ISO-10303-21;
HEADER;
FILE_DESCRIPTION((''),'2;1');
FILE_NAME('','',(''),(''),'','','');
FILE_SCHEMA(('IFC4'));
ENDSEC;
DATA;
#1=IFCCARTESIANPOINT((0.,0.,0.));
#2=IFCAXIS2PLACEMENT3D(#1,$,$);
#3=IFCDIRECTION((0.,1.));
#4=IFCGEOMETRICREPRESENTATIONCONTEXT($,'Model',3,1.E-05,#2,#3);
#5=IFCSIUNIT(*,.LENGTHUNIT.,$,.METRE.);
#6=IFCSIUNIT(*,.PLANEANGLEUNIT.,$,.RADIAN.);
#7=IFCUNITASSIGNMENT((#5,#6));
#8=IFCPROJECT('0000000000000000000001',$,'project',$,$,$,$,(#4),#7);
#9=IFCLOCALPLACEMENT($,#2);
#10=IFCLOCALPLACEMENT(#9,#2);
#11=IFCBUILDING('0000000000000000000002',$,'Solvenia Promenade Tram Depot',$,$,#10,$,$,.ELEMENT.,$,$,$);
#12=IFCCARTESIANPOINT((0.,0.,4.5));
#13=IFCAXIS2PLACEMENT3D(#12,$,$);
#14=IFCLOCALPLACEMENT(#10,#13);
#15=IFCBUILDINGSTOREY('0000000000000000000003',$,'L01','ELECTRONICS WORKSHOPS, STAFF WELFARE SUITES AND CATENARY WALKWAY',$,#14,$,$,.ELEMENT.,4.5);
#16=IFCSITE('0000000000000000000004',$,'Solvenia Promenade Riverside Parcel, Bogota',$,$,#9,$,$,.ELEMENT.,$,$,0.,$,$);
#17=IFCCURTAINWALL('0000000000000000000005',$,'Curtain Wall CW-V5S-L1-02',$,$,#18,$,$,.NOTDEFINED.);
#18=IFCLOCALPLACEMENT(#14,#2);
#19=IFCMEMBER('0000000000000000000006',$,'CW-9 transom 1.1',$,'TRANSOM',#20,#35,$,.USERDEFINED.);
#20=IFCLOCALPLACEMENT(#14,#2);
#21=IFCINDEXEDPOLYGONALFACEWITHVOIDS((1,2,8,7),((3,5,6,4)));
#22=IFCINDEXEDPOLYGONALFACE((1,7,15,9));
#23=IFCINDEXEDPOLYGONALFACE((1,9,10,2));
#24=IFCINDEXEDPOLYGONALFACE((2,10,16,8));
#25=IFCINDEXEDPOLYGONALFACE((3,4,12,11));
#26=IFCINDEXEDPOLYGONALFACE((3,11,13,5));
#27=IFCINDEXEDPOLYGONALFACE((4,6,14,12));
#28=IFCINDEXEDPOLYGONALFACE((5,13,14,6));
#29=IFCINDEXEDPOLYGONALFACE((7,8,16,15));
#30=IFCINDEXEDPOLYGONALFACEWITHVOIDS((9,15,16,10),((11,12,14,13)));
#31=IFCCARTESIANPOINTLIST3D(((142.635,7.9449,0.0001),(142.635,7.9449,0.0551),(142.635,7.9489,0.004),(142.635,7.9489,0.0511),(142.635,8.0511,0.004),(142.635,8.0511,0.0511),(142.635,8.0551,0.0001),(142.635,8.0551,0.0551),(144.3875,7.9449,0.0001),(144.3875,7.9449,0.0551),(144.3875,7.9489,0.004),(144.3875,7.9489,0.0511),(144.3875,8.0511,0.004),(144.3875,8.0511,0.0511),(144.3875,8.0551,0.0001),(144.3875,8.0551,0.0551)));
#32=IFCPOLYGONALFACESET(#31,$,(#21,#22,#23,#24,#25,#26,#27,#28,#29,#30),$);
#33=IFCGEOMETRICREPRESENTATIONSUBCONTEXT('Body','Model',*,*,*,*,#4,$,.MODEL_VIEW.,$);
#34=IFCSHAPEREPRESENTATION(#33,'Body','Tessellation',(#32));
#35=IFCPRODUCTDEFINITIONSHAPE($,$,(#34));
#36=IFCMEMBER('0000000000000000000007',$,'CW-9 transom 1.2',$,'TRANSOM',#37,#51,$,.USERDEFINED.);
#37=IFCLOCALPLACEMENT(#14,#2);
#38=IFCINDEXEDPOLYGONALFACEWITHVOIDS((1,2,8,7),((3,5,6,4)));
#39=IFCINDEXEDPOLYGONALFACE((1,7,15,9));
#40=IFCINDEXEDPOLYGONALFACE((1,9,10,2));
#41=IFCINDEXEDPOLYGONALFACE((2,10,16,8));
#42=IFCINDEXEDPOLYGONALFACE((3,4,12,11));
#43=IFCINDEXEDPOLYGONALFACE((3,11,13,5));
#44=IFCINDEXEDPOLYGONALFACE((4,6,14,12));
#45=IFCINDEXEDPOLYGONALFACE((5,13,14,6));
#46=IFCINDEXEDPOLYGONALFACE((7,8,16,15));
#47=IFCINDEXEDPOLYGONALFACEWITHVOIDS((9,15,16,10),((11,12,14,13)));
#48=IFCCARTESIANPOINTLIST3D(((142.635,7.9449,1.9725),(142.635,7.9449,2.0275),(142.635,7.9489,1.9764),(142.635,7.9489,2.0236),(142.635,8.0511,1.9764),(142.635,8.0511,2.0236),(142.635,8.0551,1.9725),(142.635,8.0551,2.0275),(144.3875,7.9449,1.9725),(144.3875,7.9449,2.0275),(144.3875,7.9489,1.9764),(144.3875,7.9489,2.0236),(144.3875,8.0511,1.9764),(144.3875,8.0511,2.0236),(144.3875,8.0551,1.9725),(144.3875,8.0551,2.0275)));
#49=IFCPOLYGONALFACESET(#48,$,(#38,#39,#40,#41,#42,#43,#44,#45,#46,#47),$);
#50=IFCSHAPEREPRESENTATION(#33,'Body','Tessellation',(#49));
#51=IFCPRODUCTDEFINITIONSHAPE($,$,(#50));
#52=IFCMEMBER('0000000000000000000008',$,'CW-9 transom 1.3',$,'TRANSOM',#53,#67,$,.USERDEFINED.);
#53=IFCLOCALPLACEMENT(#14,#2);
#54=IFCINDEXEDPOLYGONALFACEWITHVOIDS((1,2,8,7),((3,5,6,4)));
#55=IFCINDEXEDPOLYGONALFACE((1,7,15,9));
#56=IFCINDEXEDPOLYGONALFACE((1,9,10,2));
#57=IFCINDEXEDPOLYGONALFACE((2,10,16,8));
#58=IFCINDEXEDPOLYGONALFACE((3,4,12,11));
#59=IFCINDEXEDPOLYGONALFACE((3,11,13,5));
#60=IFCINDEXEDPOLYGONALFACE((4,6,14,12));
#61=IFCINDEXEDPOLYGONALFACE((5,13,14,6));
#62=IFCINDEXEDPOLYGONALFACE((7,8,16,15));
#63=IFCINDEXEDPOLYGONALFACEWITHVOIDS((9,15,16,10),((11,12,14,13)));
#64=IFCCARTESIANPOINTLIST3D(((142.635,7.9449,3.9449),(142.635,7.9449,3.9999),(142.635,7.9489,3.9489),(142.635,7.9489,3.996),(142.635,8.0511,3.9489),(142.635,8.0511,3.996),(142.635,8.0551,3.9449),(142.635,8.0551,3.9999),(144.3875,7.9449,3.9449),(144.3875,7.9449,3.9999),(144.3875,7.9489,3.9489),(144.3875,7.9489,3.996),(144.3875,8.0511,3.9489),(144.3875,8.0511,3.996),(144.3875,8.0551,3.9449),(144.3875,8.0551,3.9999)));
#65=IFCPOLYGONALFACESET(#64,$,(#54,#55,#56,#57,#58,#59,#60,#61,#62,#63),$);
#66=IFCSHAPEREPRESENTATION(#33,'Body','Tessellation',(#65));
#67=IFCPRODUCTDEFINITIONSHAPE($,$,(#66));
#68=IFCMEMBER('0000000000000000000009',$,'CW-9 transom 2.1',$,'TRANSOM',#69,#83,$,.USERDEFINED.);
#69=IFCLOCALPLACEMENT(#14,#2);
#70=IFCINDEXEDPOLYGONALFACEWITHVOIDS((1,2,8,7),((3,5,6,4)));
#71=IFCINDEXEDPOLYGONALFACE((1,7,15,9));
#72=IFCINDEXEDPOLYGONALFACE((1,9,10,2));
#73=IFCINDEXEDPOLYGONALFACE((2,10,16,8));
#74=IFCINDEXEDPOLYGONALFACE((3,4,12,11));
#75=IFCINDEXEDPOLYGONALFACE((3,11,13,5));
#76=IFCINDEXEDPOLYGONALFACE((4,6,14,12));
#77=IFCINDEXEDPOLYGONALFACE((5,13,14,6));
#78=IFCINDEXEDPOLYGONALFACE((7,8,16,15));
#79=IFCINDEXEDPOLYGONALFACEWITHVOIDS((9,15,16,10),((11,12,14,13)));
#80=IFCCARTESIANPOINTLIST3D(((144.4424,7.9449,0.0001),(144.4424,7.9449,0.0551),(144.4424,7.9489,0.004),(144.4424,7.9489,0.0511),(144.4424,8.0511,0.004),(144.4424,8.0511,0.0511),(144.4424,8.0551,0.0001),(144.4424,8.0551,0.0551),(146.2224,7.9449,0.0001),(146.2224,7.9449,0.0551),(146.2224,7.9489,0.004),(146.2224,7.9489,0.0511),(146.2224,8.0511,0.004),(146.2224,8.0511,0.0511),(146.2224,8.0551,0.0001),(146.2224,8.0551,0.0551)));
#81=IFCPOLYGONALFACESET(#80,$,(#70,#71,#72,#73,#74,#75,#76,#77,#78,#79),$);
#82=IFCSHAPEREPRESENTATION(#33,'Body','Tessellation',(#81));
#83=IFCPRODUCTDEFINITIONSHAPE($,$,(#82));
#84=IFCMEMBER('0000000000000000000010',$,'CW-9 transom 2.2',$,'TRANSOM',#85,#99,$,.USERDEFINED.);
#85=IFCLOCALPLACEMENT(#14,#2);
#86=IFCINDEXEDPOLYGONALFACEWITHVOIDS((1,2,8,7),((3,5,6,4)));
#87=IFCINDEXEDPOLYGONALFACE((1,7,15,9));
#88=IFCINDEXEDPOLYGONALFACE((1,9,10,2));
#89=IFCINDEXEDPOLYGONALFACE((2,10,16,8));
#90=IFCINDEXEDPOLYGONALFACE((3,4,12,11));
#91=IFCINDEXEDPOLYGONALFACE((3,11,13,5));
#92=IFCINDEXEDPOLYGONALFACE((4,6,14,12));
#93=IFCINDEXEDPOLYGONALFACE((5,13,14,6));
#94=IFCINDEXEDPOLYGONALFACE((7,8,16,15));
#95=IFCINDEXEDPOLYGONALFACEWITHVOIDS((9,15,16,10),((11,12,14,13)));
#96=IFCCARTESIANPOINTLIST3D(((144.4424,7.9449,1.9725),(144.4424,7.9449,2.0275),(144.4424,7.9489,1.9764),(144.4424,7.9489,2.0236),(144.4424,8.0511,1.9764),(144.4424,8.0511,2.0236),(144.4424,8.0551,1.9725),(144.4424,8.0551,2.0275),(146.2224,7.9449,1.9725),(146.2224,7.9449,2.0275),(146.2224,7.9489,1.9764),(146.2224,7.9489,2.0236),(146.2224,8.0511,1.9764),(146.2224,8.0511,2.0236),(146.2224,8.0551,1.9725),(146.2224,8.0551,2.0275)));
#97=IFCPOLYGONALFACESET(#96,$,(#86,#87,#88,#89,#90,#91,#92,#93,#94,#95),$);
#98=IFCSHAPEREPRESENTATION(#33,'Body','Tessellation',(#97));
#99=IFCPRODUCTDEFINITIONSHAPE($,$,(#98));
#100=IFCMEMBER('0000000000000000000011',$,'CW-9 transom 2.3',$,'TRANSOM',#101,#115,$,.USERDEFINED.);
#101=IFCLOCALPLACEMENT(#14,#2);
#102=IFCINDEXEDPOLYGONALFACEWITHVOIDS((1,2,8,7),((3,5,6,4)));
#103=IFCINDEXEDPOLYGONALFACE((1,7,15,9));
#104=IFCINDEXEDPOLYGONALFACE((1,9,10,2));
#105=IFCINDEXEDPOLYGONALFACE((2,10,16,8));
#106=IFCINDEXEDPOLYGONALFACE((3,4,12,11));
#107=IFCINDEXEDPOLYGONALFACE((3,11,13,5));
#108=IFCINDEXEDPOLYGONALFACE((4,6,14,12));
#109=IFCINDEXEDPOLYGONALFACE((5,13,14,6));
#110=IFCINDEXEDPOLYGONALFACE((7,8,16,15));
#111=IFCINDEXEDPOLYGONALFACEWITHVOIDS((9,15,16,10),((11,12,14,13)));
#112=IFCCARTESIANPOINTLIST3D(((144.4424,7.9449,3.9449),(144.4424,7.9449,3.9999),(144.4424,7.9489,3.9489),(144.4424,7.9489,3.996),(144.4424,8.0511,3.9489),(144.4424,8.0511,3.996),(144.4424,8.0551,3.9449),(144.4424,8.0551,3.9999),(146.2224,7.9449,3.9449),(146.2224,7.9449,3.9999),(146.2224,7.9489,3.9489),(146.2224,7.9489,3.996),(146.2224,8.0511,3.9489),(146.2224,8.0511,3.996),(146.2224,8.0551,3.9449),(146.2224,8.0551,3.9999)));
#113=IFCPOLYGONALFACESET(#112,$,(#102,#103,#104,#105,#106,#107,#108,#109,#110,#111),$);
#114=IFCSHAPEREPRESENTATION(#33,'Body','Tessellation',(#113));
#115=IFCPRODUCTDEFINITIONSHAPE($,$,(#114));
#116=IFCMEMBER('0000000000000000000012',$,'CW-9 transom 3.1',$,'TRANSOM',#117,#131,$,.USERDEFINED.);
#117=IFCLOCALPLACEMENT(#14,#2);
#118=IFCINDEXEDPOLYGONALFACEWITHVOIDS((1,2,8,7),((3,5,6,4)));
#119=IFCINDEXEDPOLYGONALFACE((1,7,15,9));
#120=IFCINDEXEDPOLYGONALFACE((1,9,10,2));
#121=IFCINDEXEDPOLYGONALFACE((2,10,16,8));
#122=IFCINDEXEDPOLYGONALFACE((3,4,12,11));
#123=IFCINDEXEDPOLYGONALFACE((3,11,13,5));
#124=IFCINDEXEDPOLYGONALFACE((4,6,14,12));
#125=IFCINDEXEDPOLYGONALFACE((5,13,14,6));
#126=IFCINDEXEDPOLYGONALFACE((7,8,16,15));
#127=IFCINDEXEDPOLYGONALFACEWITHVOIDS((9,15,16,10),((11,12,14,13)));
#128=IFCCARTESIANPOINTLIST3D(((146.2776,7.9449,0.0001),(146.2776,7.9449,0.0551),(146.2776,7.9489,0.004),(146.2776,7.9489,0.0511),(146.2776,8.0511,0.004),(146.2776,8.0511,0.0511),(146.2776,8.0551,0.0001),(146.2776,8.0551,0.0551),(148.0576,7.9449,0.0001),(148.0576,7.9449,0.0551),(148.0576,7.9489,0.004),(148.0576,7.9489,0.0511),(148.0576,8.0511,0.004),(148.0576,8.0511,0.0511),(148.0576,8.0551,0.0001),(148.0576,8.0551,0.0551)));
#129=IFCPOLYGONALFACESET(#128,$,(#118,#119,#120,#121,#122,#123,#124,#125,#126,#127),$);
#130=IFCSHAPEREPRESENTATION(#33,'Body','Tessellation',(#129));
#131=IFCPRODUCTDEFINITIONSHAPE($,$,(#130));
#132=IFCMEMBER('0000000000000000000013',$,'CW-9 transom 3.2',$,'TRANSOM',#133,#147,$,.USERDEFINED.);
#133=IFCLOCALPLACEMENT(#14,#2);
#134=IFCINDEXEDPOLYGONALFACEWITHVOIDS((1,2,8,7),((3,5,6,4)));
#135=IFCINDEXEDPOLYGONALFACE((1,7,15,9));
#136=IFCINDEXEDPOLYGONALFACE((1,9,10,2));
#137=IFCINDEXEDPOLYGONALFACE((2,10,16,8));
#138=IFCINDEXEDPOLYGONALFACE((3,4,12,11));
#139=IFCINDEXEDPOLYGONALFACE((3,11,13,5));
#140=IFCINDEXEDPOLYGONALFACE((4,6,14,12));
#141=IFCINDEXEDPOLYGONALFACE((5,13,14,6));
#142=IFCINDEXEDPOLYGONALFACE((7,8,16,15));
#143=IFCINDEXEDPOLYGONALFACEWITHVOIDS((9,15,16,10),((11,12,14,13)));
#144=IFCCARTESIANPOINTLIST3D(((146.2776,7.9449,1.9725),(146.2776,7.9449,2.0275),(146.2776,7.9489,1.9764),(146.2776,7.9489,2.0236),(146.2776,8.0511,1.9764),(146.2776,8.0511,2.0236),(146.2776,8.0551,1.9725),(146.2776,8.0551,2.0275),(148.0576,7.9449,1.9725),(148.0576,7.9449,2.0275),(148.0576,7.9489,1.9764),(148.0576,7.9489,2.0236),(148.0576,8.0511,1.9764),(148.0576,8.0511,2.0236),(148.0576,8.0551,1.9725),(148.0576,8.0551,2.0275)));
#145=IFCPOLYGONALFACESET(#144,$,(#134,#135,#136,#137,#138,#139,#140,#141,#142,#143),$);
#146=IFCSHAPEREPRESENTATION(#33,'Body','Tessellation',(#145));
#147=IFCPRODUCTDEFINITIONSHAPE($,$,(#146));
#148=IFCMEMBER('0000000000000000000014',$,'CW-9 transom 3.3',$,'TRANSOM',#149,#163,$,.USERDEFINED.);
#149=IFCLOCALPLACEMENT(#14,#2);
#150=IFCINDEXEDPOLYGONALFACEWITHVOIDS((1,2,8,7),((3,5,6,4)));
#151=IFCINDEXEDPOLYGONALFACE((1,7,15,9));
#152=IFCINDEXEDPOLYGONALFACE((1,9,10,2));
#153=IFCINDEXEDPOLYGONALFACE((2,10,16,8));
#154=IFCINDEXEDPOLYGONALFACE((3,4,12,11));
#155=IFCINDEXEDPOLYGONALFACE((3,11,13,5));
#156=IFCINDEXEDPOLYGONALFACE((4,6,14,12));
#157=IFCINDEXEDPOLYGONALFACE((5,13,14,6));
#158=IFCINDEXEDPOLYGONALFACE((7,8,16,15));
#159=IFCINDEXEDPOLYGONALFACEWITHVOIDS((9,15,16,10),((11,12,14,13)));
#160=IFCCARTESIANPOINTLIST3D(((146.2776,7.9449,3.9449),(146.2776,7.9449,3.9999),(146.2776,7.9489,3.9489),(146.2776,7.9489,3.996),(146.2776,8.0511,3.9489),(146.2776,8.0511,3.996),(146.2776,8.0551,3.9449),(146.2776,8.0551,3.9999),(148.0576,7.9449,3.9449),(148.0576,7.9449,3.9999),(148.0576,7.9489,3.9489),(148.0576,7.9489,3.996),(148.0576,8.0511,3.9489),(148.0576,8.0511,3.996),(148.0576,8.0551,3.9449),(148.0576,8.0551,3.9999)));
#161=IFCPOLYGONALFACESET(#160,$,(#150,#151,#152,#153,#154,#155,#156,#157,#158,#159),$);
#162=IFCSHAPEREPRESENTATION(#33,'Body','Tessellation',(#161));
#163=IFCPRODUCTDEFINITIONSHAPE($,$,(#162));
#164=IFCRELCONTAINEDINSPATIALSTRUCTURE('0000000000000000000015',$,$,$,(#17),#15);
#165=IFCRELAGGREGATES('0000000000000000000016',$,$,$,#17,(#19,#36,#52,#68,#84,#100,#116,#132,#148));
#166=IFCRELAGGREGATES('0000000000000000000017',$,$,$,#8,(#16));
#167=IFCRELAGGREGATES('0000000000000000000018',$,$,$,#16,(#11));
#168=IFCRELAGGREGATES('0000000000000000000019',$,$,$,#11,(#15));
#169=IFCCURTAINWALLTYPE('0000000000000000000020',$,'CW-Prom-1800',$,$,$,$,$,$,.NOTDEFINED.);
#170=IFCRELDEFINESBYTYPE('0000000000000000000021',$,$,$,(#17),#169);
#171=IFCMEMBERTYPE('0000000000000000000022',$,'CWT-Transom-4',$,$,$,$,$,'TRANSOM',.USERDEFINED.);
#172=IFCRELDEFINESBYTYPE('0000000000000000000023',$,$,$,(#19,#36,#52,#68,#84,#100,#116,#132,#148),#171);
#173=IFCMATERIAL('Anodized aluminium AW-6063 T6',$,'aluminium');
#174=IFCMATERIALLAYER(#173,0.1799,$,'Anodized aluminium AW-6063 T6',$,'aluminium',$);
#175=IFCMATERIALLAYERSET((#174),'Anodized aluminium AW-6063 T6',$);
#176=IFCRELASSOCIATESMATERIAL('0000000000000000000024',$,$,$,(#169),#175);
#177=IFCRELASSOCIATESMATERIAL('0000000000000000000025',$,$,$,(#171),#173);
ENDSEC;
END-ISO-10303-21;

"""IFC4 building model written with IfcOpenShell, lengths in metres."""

from ifc_helpers import new_model, si_unit, direction, frame, origin, origin_2d, place, context, subcontext, project, spatial, hollow_rectangle, extrude, material, layer, layer_set, material_profile, profile_set, type_object, element, aggregate, save


model = new_model("IFC4")

# Units and contexts
model_context = context("Model", 3, precision=1e-05, world=origin(), true_north=direction((0.0, 1.0)))
body_context = subcontext(model_context, "Body", "Model", "MODEL_VIEW")
ifc_project = project(units=[si_unit("LENGTHUNIT", "METRE"), si_unit("PLANEANGLEUNIT", "RADIAN")], contexts=[model_context])

# Site, building, storey
site_placement = place(None, origin())
site = spatial("IfcSite", under=ifc_project, at=site_placement, Name="Solvenia Promenade Riverside Parcel, Bogota", CompositionType="ELEMENT", RefElevation=0.0)
building_placement = place(site_placement, origin())
building = spatial("IfcBuilding", under=site, at=building_placement, Name="Solvenia Promenade Tram Depot", CompositionType="ELEMENT")
storey_placement = place(building_placement, frame((0.0, 0.0, 4.5)))
storey = spatial("IfcBuildingStorey", under=building, at=storey_placement, Name="L01", Description="ELECTRONICS WORKSHOPS, STAFF WELFARE SUITES AND CATENARY WALKWAY", CompositionType="ELEMENT", Elevation=4.5)

# Shared definitions
ifc_material_1 = material(Name="Anodized aluminium AW-6063 T6", Category="aluminium")
ifc_layer_1 = layer(ifc_material_1, 0.1799, Name="Anodized aluminium AW-6063 T6", Category="aluminium")
ifc_layer_set_1 = layer_set([ifc_layer_1], Name="Anodized aluminium AW-6063 T6")
curtain_wall_type = type_object("IfcCurtainWallType", Name="CW-Prom-1800", PredefinedType="NOTDEFINED", material=ifc_layer_set_1)

# Curtain wall
curtain_wall_1_placement = place(storey_placement, origin())
curtain_wall_1 = element("IfcCurtainWall", 1, at=curtain_wall_1_placement, inside=storey, type_object=curtain_wall_type, Name="Curtain Wall CW-V5S-L1-02", PredefinedType="NOTDEFINED")

# Members
ifc_material_profile_1 = material_profile(ifc_material_1, hollow_rectangle(XDim=0.1101, YDim=0.0549, WallThickness=0.0039, at=origin_2d()), Name="ALU-T4", Category="aluminium")
ifc_profile_set_1 = profile_set([ifc_material_profile_1], Name="Anodized aluminium AW-6063 T6")
member_type_1 = type_object("IfcMemberType", Name="CWT-Transom-4", ElementType="TRANSOM", PredefinedType="USERDEFINED", material=ifc_profile_set_1)
member_1_placement = place(storey_placement, frame((142.635, 8.0, 0.0276), z_axis=(1.0, 0.0, 0.0), x_axis=(0.0, 1.0, 0.0)))
member_1 = element("IfcMember", 2, at=member_1_placement, type_object=member_type_1, Name="CW-9 transom 1.1", ObjectType="TRANSOM", PredefinedType="USERDEFINED", context=body_context, shape_type="SweptSolid", body=[
    extrude(hollow_rectangle(XDim=0.1101, YDim=0.0549, WallThickness=0.0039, at=origin_2d()), origin(), (0.0, 0.0, 1.0), 1.7524),
])
member_2_placement = place(storey_placement, frame((142.635, 8.0, 2.0), z_axis=(1.0, 0.0, 0.0), x_axis=(0.0, 1.0, 0.0)))
member_2 = element("IfcMember", 3, at=member_2_placement, type_object=member_type_1, Name="CW-9 transom 1.2", ObjectType="TRANSOM", PredefinedType="USERDEFINED", context=body_context, shape_type="SweptSolid", body=[
    extrude(hollow_rectangle(XDim=0.1101, YDim=0.0549, WallThickness=0.0039, at=origin_2d()), origin(), (0.0, 0.0, 1.0), 1.7524),
])
member_3_placement = place(storey_placement, frame((142.635, 8.0, 3.9724), z_axis=(1.0, 0.0, 0.0), x_axis=(0.0, 1.0, 0.0)))
member_3 = element("IfcMember", 4, at=member_3_placement, type_object=member_type_1, Name="CW-9 transom 1.3", ObjectType="TRANSOM", PredefinedType="USERDEFINED", context=body_context, shape_type="SweptSolid", body=[
    extrude(hollow_rectangle(XDim=0.1101, YDim=0.0549, WallThickness=0.0039, at=origin_2d()), origin(), (0.0, 0.0, 1.0), 1.7524),
])
member_4_placement = place(storey_placement, frame((144.4424, 8.0, 0.0276), z_axis=(1.0, 0.0, 0.0), x_axis=(0.0, 1.0, 0.0)))
member_4 = element("IfcMember", 5, at=member_4_placement, type_object=member_type_1, Name="CW-9 transom 2.1", ObjectType="TRANSOM", PredefinedType="USERDEFINED", context=body_context, shape_type="SweptSolid", body=[
    extrude(hollow_rectangle(XDim=0.1101, YDim=0.0549, WallThickness=0.0039, at=origin_2d()), origin(), (0.0, 0.0, 1.0), 1.78),
])
member_5_placement = place(storey_placement, frame((144.4424, 8.0, 2.0), z_axis=(1.0, 0.0, 0.0), x_axis=(0.0, 1.0, 0.0)))
member_5 = element("IfcMember", 6, at=member_5_placement, type_object=member_type_1, Name="CW-9 transom 2.2", ObjectType="TRANSOM", PredefinedType="USERDEFINED", context=body_context, shape_type="SweptSolid", body=[
    extrude(hollow_rectangle(XDim=0.1101, YDim=0.0549, WallThickness=0.0039, at=origin_2d()), origin(), (0.0, 0.0, 1.0), 1.78),
])
member_6_placement = place(storey_placement, frame((144.4424, 8.0, 3.9724), z_axis=(1.0, 0.0, 0.0), x_axis=(0.0, 1.0, 0.0)))
member_6 = element("IfcMember", 7, at=member_6_placement, type_object=member_type_1, Name="CW-9 transom 2.3", ObjectType="TRANSOM", PredefinedType="USERDEFINED", context=body_context, shape_type="SweptSolid", body=[
    extrude(hollow_rectangle(XDim=0.1101, YDim=0.0549, WallThickness=0.0039, at=origin_2d()), origin(), (0.0, 0.0, 1.0), 1.78),
])
member_7_placement = place(storey_placement, frame((146.2776, 8.0, 0.0276), z_axis=(1.0, 0.0, 0.0), x_axis=(0.0, 1.0, 0.0)))
member_7 = element("IfcMember", 8, at=member_7_placement, type_object=member_type_1, Name="CW-9 transom 3.1", ObjectType="TRANSOM", PredefinedType="USERDEFINED", context=body_context, shape_type="SweptSolid", body=[
    extrude(hollow_rectangle(XDim=0.1101, YDim=0.0549, WallThickness=0.0039, at=origin_2d()), origin(), (0.0, 0.0, 1.0), 1.78),
])
member_8_placement = place(storey_placement, frame((146.2776, 8.0, 2.0), z_axis=(1.0, 0.0, 0.0), x_axis=(0.0, 1.0, 0.0)))
member_8 = element("IfcMember", 9, at=member_8_placement, type_object=member_type_1, Name="CW-9 transom 3.2", ObjectType="TRANSOM", PredefinedType="USERDEFINED", context=body_context, shape_type="SweptSolid", body=[
    extrude(hollow_rectangle(XDim=0.1101, YDim=0.0549, WallThickness=0.0039, at=origin_2d()), origin(), (0.0, 0.0, 1.0), 1.78),
])
member_9_placement = place(storey_placement, frame((146.2776, 8.0, 3.9724), z_axis=(1.0, 0.0, 0.0), x_axis=(0.0, 1.0, 0.0)))
member_9 = element("IfcMember", 10, at=member_9_placement, type_object=member_type_1, Name="CW-9 transom 3.3", ObjectType="TRANSOM", PredefinedType="USERDEFINED", context=body_context, shape_type="SweptSolid", body=[
    extrude(hollow_rectangle(XDim=0.1101, YDim=0.0549, WallThickness=0.0039, at=origin_2d()), origin(), (0.0, 0.0, 1.0), 1.78),
])

aggregate(curtain_wall_1, [member_1, member_2, member_3, member_4, member_5, member_6, member_7, member_8, member_9])

save(model, "model.ifc")
